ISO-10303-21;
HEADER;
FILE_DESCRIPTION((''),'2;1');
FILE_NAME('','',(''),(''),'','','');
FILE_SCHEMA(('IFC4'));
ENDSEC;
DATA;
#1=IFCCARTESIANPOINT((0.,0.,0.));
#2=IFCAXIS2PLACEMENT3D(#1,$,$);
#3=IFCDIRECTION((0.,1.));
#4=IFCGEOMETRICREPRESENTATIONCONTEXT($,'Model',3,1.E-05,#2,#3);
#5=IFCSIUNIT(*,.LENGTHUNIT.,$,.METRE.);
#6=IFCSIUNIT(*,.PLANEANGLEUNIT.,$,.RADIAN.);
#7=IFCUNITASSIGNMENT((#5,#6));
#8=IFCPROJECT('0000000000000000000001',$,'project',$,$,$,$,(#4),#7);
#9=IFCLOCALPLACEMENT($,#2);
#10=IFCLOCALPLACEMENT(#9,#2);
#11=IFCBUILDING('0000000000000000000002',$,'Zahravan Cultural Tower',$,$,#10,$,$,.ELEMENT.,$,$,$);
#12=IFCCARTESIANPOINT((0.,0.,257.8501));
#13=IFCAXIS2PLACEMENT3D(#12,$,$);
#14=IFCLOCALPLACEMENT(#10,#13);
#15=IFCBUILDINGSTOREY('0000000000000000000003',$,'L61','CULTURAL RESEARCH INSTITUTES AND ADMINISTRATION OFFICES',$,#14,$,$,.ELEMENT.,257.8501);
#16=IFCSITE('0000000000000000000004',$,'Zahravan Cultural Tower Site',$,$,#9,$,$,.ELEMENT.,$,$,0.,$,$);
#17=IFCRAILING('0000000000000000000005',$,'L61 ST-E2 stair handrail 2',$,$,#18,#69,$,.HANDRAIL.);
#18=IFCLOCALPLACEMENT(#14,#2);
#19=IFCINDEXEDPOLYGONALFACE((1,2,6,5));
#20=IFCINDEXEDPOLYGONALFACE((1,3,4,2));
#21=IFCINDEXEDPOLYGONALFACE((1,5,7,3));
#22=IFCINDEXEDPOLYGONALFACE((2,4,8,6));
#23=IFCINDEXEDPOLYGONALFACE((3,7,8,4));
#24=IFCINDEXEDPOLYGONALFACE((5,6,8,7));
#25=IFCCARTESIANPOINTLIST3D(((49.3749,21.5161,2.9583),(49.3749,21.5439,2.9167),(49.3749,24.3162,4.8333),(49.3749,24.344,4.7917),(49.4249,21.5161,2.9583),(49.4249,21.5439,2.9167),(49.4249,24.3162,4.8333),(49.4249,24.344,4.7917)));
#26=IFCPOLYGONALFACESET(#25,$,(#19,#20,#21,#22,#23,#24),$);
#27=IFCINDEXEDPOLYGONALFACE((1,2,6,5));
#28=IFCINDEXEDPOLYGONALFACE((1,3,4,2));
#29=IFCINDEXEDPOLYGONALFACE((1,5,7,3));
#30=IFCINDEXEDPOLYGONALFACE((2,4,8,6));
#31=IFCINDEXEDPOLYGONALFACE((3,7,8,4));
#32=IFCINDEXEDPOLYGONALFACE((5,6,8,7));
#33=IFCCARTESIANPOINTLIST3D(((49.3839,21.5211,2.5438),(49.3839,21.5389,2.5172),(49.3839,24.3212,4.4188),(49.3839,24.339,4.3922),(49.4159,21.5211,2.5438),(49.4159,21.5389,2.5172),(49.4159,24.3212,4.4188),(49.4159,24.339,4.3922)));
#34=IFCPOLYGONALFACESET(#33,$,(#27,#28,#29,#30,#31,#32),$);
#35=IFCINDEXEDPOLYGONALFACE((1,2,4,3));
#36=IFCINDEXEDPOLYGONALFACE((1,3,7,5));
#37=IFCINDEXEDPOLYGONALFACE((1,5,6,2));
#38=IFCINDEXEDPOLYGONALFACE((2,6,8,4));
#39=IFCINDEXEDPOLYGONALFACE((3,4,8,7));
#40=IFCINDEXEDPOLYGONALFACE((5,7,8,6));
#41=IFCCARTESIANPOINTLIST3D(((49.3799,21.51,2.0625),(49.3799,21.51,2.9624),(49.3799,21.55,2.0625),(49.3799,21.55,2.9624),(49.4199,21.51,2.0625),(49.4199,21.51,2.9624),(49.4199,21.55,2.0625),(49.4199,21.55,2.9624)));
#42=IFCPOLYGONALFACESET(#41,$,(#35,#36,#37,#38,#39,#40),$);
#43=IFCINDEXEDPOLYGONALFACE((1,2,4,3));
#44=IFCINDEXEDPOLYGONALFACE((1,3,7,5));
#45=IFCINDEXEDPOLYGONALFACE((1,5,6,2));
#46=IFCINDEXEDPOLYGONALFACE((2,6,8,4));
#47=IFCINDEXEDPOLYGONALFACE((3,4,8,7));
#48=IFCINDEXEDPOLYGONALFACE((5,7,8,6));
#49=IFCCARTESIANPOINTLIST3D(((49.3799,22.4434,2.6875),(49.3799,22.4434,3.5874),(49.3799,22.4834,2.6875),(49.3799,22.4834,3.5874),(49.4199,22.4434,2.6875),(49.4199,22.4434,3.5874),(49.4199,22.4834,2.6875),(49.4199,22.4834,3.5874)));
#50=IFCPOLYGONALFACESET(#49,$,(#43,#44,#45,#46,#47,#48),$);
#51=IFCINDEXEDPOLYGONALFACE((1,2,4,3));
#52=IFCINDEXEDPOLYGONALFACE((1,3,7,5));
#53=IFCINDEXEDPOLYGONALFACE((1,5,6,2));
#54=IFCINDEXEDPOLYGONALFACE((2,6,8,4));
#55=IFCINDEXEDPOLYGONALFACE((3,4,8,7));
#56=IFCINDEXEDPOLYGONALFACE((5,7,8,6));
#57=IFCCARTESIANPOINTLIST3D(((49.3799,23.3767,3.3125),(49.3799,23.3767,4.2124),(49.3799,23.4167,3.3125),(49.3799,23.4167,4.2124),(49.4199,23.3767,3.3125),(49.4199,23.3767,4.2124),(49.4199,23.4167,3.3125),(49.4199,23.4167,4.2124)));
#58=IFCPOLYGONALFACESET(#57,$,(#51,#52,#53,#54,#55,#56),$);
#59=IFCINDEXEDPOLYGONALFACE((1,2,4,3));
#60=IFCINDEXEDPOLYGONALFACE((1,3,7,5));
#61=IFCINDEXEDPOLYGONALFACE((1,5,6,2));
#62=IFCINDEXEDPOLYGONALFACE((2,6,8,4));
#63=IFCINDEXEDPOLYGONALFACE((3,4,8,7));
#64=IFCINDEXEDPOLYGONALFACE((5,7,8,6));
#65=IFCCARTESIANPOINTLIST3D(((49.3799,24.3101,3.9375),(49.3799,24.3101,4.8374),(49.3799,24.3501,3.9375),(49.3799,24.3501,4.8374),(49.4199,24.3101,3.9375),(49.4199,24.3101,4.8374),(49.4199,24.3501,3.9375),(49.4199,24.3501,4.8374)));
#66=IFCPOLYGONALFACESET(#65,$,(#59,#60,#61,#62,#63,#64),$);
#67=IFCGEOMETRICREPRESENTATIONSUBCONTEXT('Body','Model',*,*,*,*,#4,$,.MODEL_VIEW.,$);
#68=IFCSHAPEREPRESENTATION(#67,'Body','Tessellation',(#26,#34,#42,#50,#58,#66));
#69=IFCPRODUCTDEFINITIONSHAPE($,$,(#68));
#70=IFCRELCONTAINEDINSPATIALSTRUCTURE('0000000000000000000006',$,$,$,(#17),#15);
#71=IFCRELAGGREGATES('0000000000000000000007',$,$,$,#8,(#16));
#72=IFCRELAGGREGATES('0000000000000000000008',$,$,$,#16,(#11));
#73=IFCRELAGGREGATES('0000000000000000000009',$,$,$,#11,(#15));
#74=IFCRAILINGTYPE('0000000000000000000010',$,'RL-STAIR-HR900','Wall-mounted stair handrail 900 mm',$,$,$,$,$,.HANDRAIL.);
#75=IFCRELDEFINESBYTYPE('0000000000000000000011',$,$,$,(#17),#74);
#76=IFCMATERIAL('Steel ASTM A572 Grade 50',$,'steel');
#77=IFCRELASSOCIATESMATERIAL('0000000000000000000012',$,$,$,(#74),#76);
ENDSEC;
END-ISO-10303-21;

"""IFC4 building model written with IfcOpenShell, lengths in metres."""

from ifc_helpers import new_model, si_unit, direction, frame, origin, origin_2d, place, context, subcontext, project, spatial, rectangle, extrude, material, type_object, element, save


model = new_model("IFC4")

# Units and contexts
model_context = context("Model", 3, precision=1e-05, world=origin(), true_north=direction((0.0, 1.0)))
body_context = subcontext(model_context, "Body", "Model", "MODEL_VIEW")
ifc_project = project(units=[si_unit("LENGTHUNIT", "METRE"), si_unit("PLANEANGLEUNIT", "RADIAN")], contexts=[model_context])

# Site, building, storey
site_placement = place(None, origin())
site = spatial("IfcSite", under=ifc_project, at=site_placement, Name="Zahravan Cultural Tower Site", CompositionType="ELEMENT", RefElevation=0.0)
building_placement = place(site_placement, origin())
building = spatial("IfcBuilding", under=site, at=building_placement, Name="Zahravan Cultural Tower", CompositionType="ELEMENT")
storey_placement = place(building_placement, frame((0.0, 0.0, 257.8501)))
storey = spatial("IfcBuildingStorey", under=building, at=storey_placement, Name="L61", Description="CULTURAL RESEARCH INSTITUTES AND ADMINISTRATION OFFICES", CompositionType="ELEMENT", Elevation=257.8501)

# Shared definitions
ifc_material_1 = material(Name="Steel ASTM A572 Grade 50", Category="steel")

# Railing
railing_type_1 = type_object("IfcRailingType", Name="RL-STAIR-HR900", Description="Wall-mounted stair handrail 900 mm", PredefinedType="HANDRAIL", material=ifc_material_1)
railing_1_placement = place(storey_placement, frame((49.3999, 21.53, 2.0625)))
element("IfcRailing", 1, at=railing_1_placement, inside=storey, type_object=railing_type_1, Name="L61 ST-E2 stair handrail 2", PredefinedType="HANDRAIL", context=body_context, shape_type="SweptSolid", body=[
    extrude(rectangle(XDim=0.05, YDim=0.05, at=origin_2d()), frame((0.0, 0.0, 0.875), z_axis=(0.0, 0.830912, 0.556404), x_axis=(-1.0, 0.0, 0.0)), (0.0, 0.0, 1.0), 3.3699),
    extrude(rectangle(XDim=0.032, YDim=0.032, at=origin_2d()), frame((0.0, 0.0, 0.468), z_axis=(0.0, 0.830912, 0.556404), x_axis=(-1.0, 0.0, 0.0)), (0.0, 0.0, 1.0), 3.3699),
    extrude(rectangle(XDim=0.04, YDim=0.04, at=origin_2d()), origin(), (0.0, 0.0, 1.0), 0.8999),
    extrude(rectangle(XDim=0.04, YDim=0.04, at=origin_2d()), frame((0.0, 0.9333, 0.625)), (0.0, 0.0, 1.0), 0.8999),
    extrude(rectangle(XDim=0.04, YDim=0.04, at=origin_2d()), frame((0.0, 1.8667, 1.25)), (0.0, 0.0, 1.0), 0.8999),
    extrude(rectangle(XDim=0.04, YDim=0.04, at=origin_2d()), frame((0.0, 2.8, 1.875)), (0.0, 0.0, 1.0), 0.8999),
])

save(model, "model.ifc")
